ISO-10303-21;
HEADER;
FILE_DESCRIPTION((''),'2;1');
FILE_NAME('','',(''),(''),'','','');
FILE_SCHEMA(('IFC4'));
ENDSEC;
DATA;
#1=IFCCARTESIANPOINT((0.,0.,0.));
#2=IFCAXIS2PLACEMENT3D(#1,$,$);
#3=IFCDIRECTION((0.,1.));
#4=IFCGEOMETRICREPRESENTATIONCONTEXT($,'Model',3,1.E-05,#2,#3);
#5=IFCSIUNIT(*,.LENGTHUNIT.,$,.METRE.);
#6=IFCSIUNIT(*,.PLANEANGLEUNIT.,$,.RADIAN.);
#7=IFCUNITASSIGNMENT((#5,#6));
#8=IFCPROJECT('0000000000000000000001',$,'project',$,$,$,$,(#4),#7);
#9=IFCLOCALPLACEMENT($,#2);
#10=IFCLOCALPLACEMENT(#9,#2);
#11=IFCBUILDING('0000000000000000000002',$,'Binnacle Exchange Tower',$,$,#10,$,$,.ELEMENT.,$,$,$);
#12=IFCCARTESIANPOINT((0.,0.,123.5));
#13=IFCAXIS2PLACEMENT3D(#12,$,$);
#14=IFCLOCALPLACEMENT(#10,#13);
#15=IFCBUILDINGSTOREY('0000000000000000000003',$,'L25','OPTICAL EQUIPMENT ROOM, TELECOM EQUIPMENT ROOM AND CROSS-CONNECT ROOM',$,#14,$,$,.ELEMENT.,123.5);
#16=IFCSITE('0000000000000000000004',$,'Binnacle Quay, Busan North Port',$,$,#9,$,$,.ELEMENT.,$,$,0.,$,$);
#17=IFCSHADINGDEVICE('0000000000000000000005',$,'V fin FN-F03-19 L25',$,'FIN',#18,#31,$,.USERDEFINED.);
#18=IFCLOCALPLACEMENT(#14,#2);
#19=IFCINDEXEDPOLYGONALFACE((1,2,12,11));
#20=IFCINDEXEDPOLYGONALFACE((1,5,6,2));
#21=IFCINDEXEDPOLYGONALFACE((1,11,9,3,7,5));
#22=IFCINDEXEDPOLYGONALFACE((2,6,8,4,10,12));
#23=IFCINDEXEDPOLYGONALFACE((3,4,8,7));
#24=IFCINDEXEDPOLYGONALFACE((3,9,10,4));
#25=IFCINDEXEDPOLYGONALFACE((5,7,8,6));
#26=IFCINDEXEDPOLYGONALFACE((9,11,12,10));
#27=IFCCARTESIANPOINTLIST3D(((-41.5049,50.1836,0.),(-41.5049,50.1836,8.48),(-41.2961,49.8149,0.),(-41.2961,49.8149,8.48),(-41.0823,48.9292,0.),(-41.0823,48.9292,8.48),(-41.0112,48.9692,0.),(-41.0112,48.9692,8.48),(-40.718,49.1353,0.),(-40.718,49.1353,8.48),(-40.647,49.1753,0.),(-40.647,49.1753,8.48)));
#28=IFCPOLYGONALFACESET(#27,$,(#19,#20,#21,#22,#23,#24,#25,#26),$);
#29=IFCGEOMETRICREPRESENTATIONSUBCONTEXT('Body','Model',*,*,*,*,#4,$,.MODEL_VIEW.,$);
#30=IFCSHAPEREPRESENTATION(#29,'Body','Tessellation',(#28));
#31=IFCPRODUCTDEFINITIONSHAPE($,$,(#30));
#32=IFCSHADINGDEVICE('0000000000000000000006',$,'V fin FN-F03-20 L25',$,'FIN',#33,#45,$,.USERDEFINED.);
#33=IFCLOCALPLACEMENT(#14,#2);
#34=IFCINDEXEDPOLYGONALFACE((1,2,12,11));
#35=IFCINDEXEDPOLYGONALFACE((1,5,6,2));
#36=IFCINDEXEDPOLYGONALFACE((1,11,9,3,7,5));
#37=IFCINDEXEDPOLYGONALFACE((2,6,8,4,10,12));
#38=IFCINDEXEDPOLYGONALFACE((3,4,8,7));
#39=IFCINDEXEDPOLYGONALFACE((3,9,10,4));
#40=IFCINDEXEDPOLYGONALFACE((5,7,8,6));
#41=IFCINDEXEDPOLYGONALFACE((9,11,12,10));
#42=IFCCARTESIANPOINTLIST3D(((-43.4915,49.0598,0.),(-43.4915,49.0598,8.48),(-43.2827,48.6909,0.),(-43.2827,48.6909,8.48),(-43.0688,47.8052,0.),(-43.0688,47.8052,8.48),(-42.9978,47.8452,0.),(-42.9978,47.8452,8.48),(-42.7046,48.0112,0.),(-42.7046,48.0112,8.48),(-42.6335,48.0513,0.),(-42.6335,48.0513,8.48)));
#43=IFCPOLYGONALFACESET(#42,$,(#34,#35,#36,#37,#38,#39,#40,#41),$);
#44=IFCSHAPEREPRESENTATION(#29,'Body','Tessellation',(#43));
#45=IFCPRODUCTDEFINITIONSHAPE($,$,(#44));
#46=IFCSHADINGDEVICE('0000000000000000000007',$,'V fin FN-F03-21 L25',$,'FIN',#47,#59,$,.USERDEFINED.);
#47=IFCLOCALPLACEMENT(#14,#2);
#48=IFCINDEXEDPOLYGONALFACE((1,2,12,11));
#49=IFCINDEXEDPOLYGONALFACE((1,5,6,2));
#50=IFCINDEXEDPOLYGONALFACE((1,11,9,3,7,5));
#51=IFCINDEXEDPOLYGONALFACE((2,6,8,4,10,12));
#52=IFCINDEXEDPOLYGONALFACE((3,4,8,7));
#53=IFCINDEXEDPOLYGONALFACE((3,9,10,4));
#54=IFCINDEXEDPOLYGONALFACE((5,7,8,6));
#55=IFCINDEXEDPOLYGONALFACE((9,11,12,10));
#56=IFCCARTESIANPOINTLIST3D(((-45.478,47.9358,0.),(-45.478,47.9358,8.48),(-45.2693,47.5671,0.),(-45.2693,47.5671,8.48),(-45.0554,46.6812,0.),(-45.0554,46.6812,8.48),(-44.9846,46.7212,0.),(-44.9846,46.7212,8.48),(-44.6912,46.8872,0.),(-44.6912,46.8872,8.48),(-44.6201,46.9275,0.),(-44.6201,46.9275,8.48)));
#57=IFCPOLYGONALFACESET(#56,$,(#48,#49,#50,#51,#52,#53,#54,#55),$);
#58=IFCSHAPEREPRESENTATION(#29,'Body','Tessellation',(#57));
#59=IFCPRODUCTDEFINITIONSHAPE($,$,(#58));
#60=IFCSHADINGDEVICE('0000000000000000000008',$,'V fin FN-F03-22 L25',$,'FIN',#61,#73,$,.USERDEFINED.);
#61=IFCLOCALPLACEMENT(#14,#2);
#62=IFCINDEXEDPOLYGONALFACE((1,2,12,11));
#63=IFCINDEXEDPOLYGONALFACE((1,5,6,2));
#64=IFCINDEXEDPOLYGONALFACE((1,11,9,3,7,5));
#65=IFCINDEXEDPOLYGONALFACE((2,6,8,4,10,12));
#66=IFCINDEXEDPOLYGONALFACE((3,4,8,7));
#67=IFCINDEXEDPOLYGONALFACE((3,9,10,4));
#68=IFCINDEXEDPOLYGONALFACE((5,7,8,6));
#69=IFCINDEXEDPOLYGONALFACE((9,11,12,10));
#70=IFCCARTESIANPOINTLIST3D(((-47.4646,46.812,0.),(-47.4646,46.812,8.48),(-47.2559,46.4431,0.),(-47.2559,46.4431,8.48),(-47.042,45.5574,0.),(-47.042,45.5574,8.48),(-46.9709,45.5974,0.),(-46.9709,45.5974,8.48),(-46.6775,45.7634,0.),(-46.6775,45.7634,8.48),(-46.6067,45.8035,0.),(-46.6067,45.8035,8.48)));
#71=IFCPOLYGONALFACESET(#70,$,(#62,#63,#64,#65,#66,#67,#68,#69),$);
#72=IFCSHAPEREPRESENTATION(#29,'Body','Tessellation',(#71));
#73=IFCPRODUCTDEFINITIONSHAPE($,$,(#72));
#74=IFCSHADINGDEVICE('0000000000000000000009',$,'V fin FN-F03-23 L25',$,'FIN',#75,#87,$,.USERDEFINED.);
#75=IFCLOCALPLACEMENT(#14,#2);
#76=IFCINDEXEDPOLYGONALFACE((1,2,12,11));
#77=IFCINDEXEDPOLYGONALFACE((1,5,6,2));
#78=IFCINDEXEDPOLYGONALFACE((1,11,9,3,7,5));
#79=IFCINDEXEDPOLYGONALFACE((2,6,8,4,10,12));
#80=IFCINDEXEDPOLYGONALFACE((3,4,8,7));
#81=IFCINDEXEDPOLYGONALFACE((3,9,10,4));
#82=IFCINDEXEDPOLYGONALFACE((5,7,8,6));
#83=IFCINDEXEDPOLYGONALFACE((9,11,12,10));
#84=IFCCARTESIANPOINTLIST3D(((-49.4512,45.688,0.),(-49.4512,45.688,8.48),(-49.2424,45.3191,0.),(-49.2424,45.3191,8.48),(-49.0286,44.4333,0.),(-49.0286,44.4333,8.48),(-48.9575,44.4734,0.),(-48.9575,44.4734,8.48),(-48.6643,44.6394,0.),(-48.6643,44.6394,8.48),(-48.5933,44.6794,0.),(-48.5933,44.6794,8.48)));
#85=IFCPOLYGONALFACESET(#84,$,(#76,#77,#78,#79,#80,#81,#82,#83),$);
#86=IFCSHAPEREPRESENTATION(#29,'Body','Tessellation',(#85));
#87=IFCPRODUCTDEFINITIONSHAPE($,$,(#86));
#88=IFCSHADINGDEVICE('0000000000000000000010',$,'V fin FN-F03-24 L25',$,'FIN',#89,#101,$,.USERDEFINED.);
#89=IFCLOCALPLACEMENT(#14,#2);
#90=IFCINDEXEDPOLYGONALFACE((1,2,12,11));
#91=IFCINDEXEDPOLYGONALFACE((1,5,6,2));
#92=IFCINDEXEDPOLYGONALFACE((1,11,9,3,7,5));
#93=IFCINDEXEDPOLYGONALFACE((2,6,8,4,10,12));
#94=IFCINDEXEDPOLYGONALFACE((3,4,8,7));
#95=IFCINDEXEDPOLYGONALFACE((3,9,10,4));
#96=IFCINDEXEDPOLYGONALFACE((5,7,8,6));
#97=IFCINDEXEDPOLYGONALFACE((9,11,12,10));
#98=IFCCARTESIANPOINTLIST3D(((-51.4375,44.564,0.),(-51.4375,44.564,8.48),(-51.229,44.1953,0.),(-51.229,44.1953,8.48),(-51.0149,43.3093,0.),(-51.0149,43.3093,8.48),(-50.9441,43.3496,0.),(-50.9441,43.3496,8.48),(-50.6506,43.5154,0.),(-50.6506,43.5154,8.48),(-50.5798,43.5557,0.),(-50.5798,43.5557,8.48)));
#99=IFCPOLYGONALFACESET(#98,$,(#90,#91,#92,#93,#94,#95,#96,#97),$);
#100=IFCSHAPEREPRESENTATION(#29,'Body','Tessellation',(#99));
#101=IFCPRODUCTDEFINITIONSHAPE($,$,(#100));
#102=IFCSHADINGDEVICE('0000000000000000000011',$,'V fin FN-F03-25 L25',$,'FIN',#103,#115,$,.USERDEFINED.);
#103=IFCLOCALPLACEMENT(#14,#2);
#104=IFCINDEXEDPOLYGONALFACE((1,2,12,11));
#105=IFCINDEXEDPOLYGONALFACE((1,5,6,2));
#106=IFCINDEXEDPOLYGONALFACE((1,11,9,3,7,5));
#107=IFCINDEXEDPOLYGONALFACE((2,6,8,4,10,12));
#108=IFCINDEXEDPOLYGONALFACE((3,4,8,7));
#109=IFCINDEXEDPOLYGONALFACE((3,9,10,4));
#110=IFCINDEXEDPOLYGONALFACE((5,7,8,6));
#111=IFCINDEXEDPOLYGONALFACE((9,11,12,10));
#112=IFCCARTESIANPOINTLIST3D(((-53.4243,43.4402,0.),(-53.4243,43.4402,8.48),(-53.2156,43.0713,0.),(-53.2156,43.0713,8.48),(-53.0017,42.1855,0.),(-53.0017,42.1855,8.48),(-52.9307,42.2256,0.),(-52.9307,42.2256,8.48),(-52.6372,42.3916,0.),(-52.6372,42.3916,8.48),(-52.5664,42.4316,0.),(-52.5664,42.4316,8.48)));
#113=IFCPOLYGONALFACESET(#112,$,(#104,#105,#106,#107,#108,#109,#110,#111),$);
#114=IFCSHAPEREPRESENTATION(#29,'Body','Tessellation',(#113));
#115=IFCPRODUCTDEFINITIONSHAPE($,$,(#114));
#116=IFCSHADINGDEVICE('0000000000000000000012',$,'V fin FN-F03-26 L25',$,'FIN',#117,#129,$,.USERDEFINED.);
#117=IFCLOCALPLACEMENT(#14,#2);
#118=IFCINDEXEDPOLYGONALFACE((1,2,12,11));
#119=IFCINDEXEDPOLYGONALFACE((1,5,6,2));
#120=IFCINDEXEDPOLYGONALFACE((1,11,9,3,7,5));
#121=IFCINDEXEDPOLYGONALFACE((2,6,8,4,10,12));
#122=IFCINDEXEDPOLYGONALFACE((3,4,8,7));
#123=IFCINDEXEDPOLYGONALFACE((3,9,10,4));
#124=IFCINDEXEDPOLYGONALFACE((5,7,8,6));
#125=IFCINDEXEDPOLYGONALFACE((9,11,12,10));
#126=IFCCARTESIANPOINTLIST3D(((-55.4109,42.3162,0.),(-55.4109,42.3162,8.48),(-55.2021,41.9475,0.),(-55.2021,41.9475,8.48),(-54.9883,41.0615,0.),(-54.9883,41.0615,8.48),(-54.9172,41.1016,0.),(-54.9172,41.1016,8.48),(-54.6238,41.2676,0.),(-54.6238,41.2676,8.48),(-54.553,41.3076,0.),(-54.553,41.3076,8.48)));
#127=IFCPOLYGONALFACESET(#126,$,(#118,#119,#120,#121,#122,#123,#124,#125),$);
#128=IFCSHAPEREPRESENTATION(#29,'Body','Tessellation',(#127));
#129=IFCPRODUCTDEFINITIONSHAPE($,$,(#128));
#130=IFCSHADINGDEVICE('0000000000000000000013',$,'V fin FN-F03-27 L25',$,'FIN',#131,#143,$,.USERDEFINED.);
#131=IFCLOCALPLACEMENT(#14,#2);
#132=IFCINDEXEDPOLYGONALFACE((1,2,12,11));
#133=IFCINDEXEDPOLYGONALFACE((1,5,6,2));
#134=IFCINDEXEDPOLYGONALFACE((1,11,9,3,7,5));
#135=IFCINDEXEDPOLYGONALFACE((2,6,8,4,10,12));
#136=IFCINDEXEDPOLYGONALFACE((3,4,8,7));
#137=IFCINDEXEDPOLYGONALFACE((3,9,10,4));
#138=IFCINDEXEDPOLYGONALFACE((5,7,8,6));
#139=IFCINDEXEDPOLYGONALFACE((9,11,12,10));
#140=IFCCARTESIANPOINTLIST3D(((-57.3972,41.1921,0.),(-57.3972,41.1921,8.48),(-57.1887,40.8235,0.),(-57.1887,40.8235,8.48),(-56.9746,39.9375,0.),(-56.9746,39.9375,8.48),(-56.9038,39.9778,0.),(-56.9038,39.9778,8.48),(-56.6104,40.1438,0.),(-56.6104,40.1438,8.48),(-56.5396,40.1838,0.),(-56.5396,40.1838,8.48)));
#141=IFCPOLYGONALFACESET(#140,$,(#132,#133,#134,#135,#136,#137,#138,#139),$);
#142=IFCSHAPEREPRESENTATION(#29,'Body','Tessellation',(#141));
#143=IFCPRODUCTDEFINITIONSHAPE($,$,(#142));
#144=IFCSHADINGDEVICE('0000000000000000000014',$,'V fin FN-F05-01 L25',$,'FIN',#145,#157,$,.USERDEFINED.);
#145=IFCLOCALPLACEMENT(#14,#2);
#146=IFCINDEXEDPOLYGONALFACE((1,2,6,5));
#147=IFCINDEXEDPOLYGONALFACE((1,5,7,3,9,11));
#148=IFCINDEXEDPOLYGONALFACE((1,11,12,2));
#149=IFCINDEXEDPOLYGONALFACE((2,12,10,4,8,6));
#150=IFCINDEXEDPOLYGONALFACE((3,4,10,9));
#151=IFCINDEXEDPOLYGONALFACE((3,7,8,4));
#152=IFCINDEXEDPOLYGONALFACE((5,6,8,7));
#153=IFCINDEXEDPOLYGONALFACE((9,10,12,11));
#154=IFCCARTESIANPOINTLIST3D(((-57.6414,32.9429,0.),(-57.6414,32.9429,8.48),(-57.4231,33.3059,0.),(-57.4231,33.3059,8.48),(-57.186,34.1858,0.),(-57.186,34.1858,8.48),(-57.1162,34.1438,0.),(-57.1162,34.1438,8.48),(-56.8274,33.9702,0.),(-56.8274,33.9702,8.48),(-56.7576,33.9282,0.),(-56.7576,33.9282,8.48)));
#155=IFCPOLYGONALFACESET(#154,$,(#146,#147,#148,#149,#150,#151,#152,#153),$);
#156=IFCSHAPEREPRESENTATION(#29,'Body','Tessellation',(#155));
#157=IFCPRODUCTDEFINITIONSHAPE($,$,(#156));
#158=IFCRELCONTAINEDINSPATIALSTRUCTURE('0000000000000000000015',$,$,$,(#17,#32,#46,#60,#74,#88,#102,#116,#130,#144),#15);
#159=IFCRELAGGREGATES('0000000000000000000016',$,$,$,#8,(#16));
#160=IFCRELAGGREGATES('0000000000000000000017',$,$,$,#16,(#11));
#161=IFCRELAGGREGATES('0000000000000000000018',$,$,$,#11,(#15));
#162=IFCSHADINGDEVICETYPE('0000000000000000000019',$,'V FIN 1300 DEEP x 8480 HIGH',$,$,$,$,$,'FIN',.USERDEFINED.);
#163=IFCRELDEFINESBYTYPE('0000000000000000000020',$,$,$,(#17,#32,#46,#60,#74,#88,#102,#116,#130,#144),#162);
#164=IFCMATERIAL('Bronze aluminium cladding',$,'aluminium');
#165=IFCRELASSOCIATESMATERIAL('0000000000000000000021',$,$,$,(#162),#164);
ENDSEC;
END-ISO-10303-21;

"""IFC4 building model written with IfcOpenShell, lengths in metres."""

from ifc_helpers import new_model, si_unit, direction, frame, origin, place, context, subcontext, project, spatial, polyline, outline, extrude, material, type_object, element, save


model = new_model("IFC4")

# Units and contexts
model_context = context("Model", 3, precision=1e-05, world=origin(), true_north=direction((0.0, 1.0)))
body_context = subcontext(model_context, "Body", "Model", "MODEL_VIEW")
ifc_project = project(units=[si_unit("LENGTHUNIT", "METRE"), si_unit("PLANEANGLEUNIT", "RADIAN")], contexts=[model_context])

# Site, building, storey
site_placement = place(None, origin())
site = spatial("IfcSite", under=ifc_project, at=site_placement, Name="Binnacle Quay, Busan North Port", CompositionType="ELEMENT", RefElevation=0.0)
building_placement = place(site_placement, origin())
building = spatial("IfcBuilding", under=site, at=building_placement, Name="Binnacle Exchange Tower", CompositionType="ELEMENT")
storey_placement = place(building_placement, frame((0.0, 0.0, 123.5)))
storey = spatial("IfcBuildingStorey", under=building, at=storey_placement, Name="L25", Description="OPTICAL EQUIPMENT ROOM, TELECOM EQUIPMENT ROOM AND CROSS-CONNECT ROOM", CompositionType="ELEMENT", Elevation=123.5)

# Shading devices
ifc_material = material(Name="Bronze aluminium cladding", Category="aluminium")
shading_device_type = type_object("IfcShadingDeviceType", Name="V FIN 1300 DEEP x 8480 HIGH", ElementType="FIN", PredefinedType="USERDEFINED", material=ifc_material)
shading_device_1_placement = place(storey_placement, origin())
element("IfcShadingDevice", 1, at=shading_device_1_placement, inside=storey, type_object=shading_device_type, Name="V fin FN-F03-19 L25", ObjectType="FIN", PredefinedType="USERDEFINED", context=body_context, shape_type="SweptSolid", body=[
    extrude(outline(polyline([(-40.647, 49.1753), (-41.5049, 50.1836), (-41.0823, 48.9292), (-41.0112, 48.9692), (-41.2961, 49.8149), (-40.718, 49.1353), (-40.647, 49.1753)])), origin(), (0.0, 0.0, 1.0), 8.48),
])
shading_device_2_placement = place(storey_placement, origin())
element("IfcShadingDevice", 2, at=shading_device_2_placement, inside=storey, type_object=shading_device_type, Name="V fin FN-F03-20 L25", ObjectType="FIN", PredefinedType="USERDEFINED", context=body_context, shape_type="SweptSolid", body=[
    extrude(outline(polyline([(-42.6335, 48.0513), (-43.4915, 49.0598), (-43.0688, 47.8052), (-42.9978, 47.8452), (-43.2827, 48.6909), (-42.7046, 48.0112), (-42.6335, 48.0513)])), origin(), (0.0, 0.0, 1.0), 8.48),
])
shading_device_3_placement = place(storey_placement, origin())
element("IfcShadingDevice", 3, at=shading_device_3_placement, inside=storey, type_object=shading_device_type, Name="V fin FN-F03-21 L25", ObjectType="FIN", PredefinedType="USERDEFINED", context=body_context, shape_type="SweptSolid", body=[
    extrude(outline(polyline([(-44.6201, 46.9275), (-45.478, 47.9358), (-45.0554, 46.6812), (-44.9846, 46.7212), (-45.2693, 47.5671), (-44.6912, 46.8872), (-44.6201, 46.9275)])), origin(), (0.0, 0.0, 1.0), 8.48),
])
shading_device_4_placement = place(storey_placement, origin())
element("IfcShadingDevice", 4, at=shading_device_4_placement, inside=storey, type_object=shading_device_type, Name="V fin FN-F03-22 L25", ObjectType="FIN", PredefinedType="USERDEFINED", context=body_context, shape_type="SweptSolid", body=[
    extrude(outline(polyline([(-46.6067, 45.8035), (-47.4646, 46.812), (-47.042, 45.5574), (-46.9709, 45.5974), (-47.2559, 46.4431), (-46.6775, 45.7634), (-46.6067, 45.8035)])), origin(), (0.0, 0.0, 1.0), 8.48),
])
shading_device_5_placement = place(storey_placement, origin())
element("IfcShadingDevice", 5, at=shading_device_5_placement, inside=storey, type_object=shading_device_type, Name="V fin FN-F03-23 L25", ObjectType="FIN", PredefinedType="USERDEFINED", context=body_context, shape_type="SweptSolid", body=[
    extrude(outline(polyline([(-48.5933, 44.6794), (-49.4512, 45.688), (-49.0286, 44.4333), (-48.9575, 44.4734), (-49.2424, 45.3191), (-48.6643, 44.6394), (-48.5933, 44.6794)])), origin(), (0.0, 0.0, 1.0), 8.48),
])
shading_device_6_placement = place(storey_placement, origin())
element("IfcShadingDevice", 6, at=shading_device_6_placement, inside=storey, type_object=shading_device_type, Name="V fin FN-F03-24 L25", ObjectType="FIN", PredefinedType="USERDEFINED", context=body_context, shape_type="SweptSolid", body=[
    extrude(outline(polyline([(-50.5798, 43.5557), (-51.4375, 44.564), (-51.0149, 43.3093), (-50.9441, 43.3496), (-51.229, 44.1953), (-50.6506, 43.5154), (-50.5798, 43.5557)])), origin(), (0.0, 0.0, 1.0), 8.48),
])
shading_device_7_placement = place(storey_placement, origin())
element("IfcShadingDevice", 7, at=shading_device_7_placement, inside=storey, type_object=shading_device_type, Name="V fin FN-F03-25 L25", ObjectType="FIN", PredefinedType="USERDEFINED", context=body_context, shape_type="SweptSolid", body=[
    extrude(outline(polyline([(-52.5664, 42.4316), (-53.4243, 43.4402), (-53.0017, 42.1855), (-52.9307, 42.2256), (-53.2156, 43.0713), (-52.6372, 42.3916), (-52.5664, 42.4316)])), origin(), (0.0, 0.0, 1.0), 8.48),
])
shading_device_8_placement = place(storey_placement, origin())
element("IfcShadingDevice", 8, at=shading_device_8_placement, inside=storey, type_object=shading_device_type, Name="V fin FN-F03-26 L25", ObjectType="FIN", PredefinedType="USERDEFINED", context=body_context, shape_type="SweptSolid", body=[
    extrude(outline(polyline([(-54.553, 41.3076), (-55.4109, 42.3162), (-54.9883, 41.0615), (-54.9172, 41.1016), (-55.2021, 41.9475), (-54.6238, 41.2676), (-54.553, 41.3076)])), origin(), (0.0, 0.0, 1.0), 8.48),
])
shading_device_9_placement = place(storey_placement, origin())
element("IfcShadingDevice", 9, at=shading_device_9_placement, inside=storey, type_object=shading_device_type, Name="V fin FN-F03-27 L25", ObjectType="FIN", PredefinedType="USERDEFINED", context=body_context, shape_type="SweptSolid", body=[
    extrude(outline(polyline([(-56.5396, 40.1838), (-57.3972, 41.1921), (-56.9746, 39.9375), (-56.9038, 39.9778), (-57.1887, 40.8235), (-56.6104, 40.1438), (-56.5396, 40.1838)])), origin(), (0.0, 0.0, 1.0), 8.48),
])
shading_device_10_placement = place(storey_placement, origin())
element("IfcShadingDevice", 10, at=shading_device_10_placement, inside=storey, type_object=shading_device_type, Name="V fin FN-F05-01 L25", ObjectType="FIN", PredefinedType="USERDEFINED", context=body_context, shape_type="SweptSolid", body=[
    extrude(outline(polyline([(-57.186, 34.1858), (-57.6414, 32.9429), (-56.7576, 33.9282), (-56.8274, 33.9702), (-57.4231, 33.3059), (-57.1162, 34.1438), (-57.186, 34.1858)])), origin(), (0.0, 0.0, 1.0), 8.48),
])

save(model, "model.ifc")
